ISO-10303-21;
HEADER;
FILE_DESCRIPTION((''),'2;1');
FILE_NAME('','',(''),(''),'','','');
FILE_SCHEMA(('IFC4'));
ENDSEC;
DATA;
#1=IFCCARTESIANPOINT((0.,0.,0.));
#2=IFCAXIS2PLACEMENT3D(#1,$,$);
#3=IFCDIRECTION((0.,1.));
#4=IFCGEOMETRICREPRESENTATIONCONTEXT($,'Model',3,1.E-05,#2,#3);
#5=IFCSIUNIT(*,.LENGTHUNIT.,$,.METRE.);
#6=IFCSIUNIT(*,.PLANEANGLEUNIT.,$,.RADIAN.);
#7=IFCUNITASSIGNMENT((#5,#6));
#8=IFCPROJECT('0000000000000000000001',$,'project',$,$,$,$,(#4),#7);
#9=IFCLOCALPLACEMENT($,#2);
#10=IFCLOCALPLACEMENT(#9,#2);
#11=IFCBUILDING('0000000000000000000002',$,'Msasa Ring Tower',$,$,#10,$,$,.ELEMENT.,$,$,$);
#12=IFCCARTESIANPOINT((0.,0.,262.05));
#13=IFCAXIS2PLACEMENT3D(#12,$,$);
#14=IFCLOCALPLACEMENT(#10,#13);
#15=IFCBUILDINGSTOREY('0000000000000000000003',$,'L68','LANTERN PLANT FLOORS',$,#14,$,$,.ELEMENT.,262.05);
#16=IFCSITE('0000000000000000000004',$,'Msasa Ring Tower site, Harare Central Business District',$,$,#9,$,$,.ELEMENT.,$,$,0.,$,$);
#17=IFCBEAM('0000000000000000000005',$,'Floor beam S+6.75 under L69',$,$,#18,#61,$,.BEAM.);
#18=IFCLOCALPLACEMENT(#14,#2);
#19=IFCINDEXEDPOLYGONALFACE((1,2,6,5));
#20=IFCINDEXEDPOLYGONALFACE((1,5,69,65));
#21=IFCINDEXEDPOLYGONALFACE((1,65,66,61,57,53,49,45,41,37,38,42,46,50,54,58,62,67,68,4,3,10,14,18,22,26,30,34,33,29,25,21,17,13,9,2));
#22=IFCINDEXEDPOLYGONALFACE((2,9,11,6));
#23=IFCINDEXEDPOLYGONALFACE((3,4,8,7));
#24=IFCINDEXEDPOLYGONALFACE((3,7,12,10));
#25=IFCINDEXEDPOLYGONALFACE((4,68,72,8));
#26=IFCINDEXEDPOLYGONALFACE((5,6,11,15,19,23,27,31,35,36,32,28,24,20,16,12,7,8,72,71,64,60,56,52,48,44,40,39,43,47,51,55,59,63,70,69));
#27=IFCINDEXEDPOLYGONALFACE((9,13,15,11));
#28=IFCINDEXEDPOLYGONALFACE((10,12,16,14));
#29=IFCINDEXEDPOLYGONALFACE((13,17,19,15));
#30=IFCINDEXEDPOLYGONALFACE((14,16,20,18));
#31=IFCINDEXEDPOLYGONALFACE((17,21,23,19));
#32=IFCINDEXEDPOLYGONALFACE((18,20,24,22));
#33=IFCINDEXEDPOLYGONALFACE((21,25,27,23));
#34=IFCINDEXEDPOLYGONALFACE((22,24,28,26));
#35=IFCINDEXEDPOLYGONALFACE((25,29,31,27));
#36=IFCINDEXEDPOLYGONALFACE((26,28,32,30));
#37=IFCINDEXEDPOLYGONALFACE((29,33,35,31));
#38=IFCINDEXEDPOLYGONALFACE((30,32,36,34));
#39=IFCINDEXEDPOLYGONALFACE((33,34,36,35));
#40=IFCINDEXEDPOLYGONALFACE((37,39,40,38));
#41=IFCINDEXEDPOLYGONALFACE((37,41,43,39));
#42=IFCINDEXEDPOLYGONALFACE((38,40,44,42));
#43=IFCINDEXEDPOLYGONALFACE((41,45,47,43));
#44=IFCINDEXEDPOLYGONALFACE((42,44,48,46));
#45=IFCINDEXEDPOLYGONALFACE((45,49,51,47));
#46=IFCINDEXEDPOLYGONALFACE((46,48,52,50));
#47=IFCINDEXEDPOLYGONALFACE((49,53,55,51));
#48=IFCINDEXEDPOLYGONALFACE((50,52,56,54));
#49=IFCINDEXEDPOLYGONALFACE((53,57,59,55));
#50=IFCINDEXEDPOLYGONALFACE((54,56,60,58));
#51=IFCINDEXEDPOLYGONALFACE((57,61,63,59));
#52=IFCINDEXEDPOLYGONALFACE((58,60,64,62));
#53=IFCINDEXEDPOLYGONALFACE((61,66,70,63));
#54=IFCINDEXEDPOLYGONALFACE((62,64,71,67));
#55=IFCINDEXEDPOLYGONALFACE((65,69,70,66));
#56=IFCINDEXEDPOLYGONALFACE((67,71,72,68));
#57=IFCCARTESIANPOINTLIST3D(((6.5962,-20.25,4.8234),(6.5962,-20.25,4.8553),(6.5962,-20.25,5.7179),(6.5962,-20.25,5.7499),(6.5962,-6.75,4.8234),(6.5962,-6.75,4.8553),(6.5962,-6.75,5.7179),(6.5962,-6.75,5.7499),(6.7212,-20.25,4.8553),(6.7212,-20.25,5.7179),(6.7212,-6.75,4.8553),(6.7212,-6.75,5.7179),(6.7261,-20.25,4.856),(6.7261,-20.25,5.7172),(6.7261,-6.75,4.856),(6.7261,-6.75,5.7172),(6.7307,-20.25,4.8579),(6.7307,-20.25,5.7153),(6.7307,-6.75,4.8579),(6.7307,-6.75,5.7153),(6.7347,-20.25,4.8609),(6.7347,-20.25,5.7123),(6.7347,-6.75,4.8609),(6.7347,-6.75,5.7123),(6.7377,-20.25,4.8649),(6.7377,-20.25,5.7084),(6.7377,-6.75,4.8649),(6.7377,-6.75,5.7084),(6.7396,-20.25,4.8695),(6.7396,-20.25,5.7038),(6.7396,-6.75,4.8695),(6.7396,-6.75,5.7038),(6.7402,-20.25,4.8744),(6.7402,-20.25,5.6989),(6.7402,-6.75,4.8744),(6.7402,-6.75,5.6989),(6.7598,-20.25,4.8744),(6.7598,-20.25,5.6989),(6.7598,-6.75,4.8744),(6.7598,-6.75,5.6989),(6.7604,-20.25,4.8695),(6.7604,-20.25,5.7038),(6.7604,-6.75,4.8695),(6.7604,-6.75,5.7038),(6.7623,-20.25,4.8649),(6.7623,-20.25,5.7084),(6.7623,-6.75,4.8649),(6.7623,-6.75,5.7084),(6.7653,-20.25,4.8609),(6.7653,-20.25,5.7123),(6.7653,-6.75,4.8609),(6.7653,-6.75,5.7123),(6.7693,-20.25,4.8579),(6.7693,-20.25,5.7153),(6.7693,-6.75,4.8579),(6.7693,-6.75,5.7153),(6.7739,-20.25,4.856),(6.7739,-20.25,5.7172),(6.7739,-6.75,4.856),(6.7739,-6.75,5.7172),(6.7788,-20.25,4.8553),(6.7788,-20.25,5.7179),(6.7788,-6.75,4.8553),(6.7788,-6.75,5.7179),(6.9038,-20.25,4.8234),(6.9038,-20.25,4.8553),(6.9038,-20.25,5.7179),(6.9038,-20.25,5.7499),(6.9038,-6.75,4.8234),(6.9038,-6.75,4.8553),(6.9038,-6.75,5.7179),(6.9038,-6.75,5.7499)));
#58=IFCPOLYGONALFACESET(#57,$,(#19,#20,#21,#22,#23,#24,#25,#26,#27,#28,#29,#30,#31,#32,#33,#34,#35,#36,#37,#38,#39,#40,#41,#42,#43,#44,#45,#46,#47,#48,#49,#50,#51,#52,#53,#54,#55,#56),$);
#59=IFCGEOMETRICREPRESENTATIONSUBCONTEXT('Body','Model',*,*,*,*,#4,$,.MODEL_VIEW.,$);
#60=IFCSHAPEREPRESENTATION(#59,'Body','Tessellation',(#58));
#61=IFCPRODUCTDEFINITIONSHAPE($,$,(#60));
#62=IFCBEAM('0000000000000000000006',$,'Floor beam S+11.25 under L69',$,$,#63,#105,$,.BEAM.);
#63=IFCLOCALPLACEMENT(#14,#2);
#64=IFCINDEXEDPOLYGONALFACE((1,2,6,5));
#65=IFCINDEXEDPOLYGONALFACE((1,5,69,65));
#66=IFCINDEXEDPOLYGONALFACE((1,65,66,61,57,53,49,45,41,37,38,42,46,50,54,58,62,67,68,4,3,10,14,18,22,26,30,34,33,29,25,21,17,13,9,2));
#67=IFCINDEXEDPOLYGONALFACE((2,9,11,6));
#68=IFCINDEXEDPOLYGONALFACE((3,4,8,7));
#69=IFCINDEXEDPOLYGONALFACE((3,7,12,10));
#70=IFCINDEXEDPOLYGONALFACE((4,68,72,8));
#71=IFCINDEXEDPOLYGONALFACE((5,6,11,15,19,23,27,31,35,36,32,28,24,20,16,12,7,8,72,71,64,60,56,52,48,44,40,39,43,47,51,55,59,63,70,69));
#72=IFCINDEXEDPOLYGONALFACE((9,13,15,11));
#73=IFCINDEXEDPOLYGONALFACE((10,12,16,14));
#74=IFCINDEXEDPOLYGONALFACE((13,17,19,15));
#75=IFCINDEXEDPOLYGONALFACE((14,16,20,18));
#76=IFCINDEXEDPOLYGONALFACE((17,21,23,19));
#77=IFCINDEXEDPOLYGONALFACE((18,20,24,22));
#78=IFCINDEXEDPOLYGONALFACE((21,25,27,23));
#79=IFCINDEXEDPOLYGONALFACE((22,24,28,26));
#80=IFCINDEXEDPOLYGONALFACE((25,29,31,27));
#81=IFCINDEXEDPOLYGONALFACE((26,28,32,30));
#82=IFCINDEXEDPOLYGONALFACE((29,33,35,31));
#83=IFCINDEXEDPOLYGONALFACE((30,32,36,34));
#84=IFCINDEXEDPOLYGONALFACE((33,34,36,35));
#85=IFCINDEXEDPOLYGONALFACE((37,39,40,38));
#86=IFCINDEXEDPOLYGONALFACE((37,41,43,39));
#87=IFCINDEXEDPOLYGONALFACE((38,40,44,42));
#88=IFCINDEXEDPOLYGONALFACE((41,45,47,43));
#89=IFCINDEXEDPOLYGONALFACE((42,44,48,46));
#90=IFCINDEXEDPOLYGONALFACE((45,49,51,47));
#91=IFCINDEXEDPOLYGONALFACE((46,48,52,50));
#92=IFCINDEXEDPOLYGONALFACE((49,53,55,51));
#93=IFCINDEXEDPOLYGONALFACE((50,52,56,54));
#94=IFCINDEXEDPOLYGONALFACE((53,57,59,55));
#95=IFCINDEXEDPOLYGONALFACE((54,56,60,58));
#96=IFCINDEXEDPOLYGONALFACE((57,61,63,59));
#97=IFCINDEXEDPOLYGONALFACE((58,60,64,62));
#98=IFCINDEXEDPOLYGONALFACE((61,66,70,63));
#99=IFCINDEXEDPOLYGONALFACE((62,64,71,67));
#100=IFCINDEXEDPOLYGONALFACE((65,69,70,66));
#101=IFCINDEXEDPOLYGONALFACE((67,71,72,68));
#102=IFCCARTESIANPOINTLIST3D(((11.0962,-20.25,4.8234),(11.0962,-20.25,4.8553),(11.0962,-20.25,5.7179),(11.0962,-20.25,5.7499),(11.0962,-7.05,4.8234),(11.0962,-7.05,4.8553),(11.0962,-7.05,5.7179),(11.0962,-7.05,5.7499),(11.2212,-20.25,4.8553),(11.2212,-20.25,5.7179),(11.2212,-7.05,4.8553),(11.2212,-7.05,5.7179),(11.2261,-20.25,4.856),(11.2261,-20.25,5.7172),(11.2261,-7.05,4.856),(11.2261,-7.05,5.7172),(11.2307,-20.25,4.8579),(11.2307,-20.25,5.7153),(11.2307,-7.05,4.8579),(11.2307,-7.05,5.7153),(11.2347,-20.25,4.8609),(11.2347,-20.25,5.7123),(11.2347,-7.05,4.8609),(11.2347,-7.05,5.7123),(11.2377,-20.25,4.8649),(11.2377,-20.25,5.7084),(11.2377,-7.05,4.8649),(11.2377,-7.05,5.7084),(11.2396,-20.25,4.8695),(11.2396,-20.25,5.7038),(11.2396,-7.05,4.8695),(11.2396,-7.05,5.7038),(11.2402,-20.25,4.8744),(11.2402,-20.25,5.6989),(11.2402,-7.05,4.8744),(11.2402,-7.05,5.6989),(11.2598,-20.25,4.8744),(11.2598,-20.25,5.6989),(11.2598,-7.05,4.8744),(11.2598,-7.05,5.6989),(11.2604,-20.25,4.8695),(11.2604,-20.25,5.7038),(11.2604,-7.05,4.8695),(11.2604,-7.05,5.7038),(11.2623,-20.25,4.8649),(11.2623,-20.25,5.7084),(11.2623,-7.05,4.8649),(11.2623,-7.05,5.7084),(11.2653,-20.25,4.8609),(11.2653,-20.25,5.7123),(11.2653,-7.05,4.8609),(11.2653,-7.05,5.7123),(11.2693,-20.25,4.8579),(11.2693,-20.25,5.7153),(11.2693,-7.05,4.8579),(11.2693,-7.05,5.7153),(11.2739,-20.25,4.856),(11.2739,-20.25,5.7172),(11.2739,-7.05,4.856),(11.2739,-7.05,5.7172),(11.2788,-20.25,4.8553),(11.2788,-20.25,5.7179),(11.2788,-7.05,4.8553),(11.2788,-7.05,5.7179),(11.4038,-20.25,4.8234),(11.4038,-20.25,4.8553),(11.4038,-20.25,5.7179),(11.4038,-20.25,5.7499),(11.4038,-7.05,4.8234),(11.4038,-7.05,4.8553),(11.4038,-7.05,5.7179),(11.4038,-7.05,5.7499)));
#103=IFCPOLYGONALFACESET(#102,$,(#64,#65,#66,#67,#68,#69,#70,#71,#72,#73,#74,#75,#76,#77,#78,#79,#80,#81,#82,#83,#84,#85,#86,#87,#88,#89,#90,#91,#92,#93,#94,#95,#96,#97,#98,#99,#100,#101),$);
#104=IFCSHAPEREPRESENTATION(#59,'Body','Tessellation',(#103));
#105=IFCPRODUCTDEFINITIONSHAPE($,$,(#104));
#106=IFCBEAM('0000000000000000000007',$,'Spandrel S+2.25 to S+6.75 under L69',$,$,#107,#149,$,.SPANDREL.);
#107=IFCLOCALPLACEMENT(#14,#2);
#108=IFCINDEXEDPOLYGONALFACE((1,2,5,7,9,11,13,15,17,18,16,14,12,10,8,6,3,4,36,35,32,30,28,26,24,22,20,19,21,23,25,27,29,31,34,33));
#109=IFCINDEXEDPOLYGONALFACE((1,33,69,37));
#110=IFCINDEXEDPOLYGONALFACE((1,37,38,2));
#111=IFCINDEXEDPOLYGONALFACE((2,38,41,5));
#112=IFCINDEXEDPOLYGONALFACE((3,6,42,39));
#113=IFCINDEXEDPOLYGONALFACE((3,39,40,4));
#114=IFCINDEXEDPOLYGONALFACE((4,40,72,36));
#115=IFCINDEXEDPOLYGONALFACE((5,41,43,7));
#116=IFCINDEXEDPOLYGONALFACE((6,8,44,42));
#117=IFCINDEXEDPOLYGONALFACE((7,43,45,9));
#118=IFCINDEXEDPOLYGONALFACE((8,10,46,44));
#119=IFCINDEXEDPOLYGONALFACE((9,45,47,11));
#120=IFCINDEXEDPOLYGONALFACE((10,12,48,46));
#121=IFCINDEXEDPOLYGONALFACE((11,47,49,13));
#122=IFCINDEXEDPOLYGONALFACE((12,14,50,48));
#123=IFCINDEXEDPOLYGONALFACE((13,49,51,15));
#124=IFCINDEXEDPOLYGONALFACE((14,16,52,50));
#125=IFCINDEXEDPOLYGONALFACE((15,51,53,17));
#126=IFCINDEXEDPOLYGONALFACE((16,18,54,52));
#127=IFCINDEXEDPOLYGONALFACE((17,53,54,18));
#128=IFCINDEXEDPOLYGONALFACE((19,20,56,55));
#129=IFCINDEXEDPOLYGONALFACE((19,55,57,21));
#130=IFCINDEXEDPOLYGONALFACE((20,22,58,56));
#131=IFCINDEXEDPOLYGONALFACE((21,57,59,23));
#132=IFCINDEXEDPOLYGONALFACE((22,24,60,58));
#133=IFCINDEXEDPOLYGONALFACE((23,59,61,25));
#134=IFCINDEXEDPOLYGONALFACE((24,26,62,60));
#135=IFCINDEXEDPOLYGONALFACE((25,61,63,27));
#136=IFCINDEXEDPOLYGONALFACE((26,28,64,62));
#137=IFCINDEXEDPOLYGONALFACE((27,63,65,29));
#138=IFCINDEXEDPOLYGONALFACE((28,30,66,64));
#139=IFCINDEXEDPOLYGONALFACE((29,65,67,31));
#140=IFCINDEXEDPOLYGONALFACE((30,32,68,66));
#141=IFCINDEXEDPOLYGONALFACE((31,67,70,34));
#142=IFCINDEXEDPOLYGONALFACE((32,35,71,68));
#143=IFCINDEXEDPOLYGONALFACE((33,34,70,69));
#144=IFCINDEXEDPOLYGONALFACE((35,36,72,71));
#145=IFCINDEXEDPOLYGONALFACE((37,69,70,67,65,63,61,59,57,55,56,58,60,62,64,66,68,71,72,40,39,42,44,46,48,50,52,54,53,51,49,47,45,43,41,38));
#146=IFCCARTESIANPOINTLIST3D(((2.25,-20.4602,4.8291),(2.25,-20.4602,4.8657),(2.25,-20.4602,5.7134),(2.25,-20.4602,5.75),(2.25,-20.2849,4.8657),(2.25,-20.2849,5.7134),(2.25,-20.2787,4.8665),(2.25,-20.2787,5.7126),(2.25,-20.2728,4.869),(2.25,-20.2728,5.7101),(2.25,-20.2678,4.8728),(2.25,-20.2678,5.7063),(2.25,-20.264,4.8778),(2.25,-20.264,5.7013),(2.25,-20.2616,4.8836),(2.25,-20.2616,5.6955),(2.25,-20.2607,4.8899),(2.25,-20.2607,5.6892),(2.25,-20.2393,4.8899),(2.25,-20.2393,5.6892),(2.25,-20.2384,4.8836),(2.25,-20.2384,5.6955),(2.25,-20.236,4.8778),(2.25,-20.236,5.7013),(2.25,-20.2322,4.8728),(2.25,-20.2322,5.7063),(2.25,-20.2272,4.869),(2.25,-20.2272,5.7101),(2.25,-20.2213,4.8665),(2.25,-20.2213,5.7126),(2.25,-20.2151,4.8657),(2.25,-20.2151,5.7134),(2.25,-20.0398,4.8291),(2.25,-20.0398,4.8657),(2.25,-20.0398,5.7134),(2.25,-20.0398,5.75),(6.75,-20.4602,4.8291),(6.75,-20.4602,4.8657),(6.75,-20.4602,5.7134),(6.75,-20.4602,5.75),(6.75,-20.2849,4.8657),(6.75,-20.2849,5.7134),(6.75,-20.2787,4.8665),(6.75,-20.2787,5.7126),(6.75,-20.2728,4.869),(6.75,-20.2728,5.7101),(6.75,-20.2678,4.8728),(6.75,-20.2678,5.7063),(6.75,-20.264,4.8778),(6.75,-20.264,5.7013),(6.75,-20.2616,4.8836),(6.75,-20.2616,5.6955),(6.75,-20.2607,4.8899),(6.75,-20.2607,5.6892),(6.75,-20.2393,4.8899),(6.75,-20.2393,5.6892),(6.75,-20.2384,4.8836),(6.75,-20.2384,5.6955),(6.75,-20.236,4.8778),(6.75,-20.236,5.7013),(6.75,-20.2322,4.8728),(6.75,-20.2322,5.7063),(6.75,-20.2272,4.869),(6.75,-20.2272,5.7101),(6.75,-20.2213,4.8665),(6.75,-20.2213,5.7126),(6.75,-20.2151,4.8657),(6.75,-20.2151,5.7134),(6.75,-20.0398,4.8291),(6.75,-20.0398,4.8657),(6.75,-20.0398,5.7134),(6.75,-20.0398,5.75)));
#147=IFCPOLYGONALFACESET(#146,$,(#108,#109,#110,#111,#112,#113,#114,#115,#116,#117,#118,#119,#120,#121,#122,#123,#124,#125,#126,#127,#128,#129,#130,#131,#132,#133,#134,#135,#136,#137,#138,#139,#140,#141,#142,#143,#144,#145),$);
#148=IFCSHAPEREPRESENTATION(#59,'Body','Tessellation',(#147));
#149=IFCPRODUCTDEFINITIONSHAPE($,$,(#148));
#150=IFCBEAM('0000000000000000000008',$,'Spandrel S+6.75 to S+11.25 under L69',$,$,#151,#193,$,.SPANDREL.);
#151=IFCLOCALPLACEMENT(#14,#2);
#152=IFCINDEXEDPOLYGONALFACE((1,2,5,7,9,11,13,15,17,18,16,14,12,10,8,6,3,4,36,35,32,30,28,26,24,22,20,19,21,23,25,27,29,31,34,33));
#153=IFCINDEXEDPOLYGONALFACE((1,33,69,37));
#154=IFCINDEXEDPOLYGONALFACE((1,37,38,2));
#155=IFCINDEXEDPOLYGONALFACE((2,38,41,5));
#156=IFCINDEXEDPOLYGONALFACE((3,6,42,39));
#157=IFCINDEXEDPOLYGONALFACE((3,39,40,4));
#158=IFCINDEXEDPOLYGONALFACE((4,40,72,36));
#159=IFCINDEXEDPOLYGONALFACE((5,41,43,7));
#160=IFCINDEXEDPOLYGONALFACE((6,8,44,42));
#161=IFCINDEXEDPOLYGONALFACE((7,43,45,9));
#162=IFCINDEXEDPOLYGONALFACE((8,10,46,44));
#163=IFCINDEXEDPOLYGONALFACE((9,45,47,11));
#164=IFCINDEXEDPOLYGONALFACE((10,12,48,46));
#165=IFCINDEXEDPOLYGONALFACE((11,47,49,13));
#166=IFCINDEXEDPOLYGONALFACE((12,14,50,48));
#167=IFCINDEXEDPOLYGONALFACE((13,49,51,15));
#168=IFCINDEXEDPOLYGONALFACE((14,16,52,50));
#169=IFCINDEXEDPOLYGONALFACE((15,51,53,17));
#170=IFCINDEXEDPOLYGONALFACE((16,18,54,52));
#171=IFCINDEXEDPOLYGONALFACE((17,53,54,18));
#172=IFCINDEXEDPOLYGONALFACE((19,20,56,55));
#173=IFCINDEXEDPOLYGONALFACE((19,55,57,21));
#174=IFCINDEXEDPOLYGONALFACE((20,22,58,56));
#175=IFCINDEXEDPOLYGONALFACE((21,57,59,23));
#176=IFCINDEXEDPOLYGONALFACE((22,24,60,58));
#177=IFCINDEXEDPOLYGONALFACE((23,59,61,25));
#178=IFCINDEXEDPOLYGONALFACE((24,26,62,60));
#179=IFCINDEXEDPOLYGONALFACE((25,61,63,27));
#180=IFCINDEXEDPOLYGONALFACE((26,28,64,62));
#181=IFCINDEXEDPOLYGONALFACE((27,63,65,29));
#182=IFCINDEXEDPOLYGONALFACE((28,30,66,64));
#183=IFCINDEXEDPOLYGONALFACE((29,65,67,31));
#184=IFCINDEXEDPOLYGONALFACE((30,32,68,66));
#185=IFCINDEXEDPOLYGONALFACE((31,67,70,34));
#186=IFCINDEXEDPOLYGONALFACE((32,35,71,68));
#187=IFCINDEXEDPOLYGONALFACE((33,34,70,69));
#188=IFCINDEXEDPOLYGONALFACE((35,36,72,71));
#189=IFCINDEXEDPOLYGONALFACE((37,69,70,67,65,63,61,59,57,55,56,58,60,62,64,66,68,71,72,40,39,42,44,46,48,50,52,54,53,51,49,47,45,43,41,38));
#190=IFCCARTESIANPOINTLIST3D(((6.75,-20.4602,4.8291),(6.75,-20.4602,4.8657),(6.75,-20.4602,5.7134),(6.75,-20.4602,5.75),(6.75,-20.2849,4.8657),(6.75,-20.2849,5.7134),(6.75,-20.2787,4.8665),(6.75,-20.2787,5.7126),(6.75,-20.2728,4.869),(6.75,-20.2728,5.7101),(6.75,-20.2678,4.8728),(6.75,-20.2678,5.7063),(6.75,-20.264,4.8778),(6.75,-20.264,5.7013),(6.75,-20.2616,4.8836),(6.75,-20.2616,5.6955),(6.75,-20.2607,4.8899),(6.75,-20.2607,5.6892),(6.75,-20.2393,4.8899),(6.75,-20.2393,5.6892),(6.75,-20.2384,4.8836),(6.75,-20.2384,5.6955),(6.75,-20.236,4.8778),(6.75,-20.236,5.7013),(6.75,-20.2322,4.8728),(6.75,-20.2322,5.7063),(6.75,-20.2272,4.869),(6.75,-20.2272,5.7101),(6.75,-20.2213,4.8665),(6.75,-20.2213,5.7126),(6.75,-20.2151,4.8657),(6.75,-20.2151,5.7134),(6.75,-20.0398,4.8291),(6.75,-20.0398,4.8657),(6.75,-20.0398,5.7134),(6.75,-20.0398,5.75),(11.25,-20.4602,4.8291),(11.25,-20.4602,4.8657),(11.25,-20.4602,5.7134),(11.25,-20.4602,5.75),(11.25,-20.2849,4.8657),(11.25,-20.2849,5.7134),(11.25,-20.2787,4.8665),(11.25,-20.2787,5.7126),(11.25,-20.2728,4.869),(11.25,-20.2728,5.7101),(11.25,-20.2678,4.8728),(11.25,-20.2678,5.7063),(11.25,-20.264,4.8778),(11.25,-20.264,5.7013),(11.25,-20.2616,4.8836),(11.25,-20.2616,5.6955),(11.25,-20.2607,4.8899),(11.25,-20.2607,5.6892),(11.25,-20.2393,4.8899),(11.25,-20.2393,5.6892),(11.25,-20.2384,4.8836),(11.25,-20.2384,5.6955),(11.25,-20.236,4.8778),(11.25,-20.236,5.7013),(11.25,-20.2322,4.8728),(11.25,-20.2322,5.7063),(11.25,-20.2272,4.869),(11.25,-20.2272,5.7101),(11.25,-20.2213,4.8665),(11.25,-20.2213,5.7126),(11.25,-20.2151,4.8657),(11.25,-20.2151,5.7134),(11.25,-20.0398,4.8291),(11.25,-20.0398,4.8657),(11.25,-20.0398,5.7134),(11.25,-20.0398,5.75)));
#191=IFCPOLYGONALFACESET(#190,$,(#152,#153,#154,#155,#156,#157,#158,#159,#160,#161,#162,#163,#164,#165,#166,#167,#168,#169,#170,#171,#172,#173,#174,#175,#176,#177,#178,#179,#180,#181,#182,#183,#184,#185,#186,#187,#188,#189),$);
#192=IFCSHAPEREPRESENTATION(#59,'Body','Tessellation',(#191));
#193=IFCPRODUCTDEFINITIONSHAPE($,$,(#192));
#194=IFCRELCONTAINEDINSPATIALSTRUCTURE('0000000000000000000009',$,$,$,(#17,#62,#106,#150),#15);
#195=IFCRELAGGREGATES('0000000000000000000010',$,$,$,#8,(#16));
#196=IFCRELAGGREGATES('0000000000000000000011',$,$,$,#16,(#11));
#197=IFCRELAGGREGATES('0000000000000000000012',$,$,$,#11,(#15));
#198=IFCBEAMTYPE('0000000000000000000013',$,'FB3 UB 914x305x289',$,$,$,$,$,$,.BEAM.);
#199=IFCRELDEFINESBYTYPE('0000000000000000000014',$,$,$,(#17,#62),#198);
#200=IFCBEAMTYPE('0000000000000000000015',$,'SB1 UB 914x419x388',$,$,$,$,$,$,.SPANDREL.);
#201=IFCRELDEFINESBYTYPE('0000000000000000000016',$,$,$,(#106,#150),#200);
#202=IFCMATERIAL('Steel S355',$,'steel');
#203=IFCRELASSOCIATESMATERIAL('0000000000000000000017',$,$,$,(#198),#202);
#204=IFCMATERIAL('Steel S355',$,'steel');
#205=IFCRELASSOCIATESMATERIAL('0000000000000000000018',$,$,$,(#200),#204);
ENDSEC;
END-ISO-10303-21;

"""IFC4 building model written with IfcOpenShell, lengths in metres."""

from ifc_helpers import new_model, si_unit, direction, frame, origin, origin_2d, place, context, subcontext, project, spatial, i_section, extrude, material, material_profile, profile_set, type_object, element, save


model = new_model("IFC4")

# Units and contexts
model_context = context("Model", 3, precision=1e-05, world=origin(), true_north=direction((0.0, 1.0)))
body_context = subcontext(model_context, "Body", "Model", "MODEL_VIEW")
ifc_project = project(units=[si_unit("LENGTHUNIT", "METRE"), si_unit("PLANEANGLEUNIT", "RADIAN")], contexts=[model_context])

# Site, building, storey
site_placement = place(None, origin())
site = spatial("IfcSite", under=ifc_project, at=site_placement, Name="Msasa Ring Tower site, Harare Central Business District", CompositionType="ELEMENT", RefElevation=0.0)
building_placement = place(site_placement, origin())
building = spatial("IfcBuilding", under=site, at=building_placement, Name="Msasa Ring Tower", CompositionType="ELEMENT")
storey_placement = place(building_placement, frame((0.0, 0.0, 262.05)))
storey = spatial("IfcBuildingStorey", under=building, at=storey_placement, Name="L68", Description="LANTERN PLANT FLOORS", CompositionType="ELEMENT", Elevation=262.05)

# Beams
ifc_material_1 = material(Name="Steel S355", Category="steel")
ifc_material_profile_1 = material_profile(ifc_material_1, i_section(OverallWidth=0.3076, OverallDepth=0.9265, WebThickness=0.0195, FlangeThickness=0.032, FilletRadius=0.019, at=origin_2d()), Name="UB 914x305x289")
ifc_profile_set_1 = profile_set([ifc_material_profile_1], Name="Steel S355")
beam_type_1 = type_object("IfcBeamType", Name="FB3 UB 914x305x289", PredefinedType="BEAM", material=ifc_profile_set_1)
for number, where, z_axis, x_axis, name in (
    (1, (6.75, -20.25, 5.2866), (0.0, 1.0, 0.0), (-1.0, 0.0, 0.0), "Floor beam S+6.75 under L69"),
):
    element("IfcBeam", number, at=place(storey_placement, frame(where, z_axis=z_axis, x_axis=x_axis)), inside=storey, type_object=beam_type_1, Name=name, PredefinedType="BEAM", context=body_context, shape_type="SweptSolid", body=[
        extrude(i_section(OverallWidth=0.3076, OverallDepth=0.9265, WebThickness=0.0195, FlangeThickness=0.032, FilletRadius=0.019, at=origin_2d()), origin(), (0.0, 0.0, 1.0), 13.5),
    ])
beam_1_placement = place(storey_placement, frame((11.25, -20.25, 5.2866), z_axis=(0.0, 1.0, 0.0), x_axis=(-1.0, 0.0, 0.0)))
element("IfcBeam", 2, at=beam_1_placement, inside=storey, type_object=beam_type_1, Name="Floor beam S+11.25 under L69", PredefinedType="BEAM", context=body_context, shape_type="SweptSolid", body=[
    extrude(i_section(OverallWidth=0.3076, OverallDepth=0.9265, WebThickness=0.0195, FlangeThickness=0.032, FilletRadius=0.019, at=origin_2d()), origin(), (0.0, 0.0, 1.0), 13.2),
])
ifc_material_2 = material(Name="Steel S355", Category="steel")
ifc_material_profile_2 = material_profile(ifc_material_2, i_section(OverallWidth=0.4204, OverallDepth=0.9209, WebThickness=0.0215, FlangeThickness=0.0366, FilletRadius=0.0242, at=origin_2d()), Name="UB 914x419x388")
ifc_profile_set_2 = profile_set([ifc_material_profile_2], Name="Steel S355")
beam_type_2 = type_object("IfcBeamType", Name="SB1 UB 914x419x388", PredefinedType="SPANDREL", material=ifc_profile_set_2)
for number, where, z_axis, x_axis, name in (
    (3, (2.25, -20.25, 5.2896), (1.0, 0.0, 0.0), (0.0, 1.0, 0.0), "Spandrel S+2.25 to S+6.75 under L69"),
    (4, (6.75, -20.25, 5.2896), (1.0, 0.0, 0.0), (0.0, 1.0, 0.0), "Spandrel S+6.75 to S+11.25 under L69"),
):
    element("IfcBeam", number, at=place(storey_placement, frame(where, z_axis=z_axis, x_axis=x_axis)), inside=storey, type_object=beam_type_2, Name=name, PredefinedType="SPANDREL", context=body_context, shape_type="SweptSolid", body=[
        extrude(i_section(OverallWidth=0.4204, OverallDepth=0.9209, WebThickness=0.0215, FlangeThickness=0.0366, FilletRadius=0.0242, at=origin_2d()), origin(), (0.0, 0.0, 1.0), 4.5),
    ])

save(model, "model.ifc")
